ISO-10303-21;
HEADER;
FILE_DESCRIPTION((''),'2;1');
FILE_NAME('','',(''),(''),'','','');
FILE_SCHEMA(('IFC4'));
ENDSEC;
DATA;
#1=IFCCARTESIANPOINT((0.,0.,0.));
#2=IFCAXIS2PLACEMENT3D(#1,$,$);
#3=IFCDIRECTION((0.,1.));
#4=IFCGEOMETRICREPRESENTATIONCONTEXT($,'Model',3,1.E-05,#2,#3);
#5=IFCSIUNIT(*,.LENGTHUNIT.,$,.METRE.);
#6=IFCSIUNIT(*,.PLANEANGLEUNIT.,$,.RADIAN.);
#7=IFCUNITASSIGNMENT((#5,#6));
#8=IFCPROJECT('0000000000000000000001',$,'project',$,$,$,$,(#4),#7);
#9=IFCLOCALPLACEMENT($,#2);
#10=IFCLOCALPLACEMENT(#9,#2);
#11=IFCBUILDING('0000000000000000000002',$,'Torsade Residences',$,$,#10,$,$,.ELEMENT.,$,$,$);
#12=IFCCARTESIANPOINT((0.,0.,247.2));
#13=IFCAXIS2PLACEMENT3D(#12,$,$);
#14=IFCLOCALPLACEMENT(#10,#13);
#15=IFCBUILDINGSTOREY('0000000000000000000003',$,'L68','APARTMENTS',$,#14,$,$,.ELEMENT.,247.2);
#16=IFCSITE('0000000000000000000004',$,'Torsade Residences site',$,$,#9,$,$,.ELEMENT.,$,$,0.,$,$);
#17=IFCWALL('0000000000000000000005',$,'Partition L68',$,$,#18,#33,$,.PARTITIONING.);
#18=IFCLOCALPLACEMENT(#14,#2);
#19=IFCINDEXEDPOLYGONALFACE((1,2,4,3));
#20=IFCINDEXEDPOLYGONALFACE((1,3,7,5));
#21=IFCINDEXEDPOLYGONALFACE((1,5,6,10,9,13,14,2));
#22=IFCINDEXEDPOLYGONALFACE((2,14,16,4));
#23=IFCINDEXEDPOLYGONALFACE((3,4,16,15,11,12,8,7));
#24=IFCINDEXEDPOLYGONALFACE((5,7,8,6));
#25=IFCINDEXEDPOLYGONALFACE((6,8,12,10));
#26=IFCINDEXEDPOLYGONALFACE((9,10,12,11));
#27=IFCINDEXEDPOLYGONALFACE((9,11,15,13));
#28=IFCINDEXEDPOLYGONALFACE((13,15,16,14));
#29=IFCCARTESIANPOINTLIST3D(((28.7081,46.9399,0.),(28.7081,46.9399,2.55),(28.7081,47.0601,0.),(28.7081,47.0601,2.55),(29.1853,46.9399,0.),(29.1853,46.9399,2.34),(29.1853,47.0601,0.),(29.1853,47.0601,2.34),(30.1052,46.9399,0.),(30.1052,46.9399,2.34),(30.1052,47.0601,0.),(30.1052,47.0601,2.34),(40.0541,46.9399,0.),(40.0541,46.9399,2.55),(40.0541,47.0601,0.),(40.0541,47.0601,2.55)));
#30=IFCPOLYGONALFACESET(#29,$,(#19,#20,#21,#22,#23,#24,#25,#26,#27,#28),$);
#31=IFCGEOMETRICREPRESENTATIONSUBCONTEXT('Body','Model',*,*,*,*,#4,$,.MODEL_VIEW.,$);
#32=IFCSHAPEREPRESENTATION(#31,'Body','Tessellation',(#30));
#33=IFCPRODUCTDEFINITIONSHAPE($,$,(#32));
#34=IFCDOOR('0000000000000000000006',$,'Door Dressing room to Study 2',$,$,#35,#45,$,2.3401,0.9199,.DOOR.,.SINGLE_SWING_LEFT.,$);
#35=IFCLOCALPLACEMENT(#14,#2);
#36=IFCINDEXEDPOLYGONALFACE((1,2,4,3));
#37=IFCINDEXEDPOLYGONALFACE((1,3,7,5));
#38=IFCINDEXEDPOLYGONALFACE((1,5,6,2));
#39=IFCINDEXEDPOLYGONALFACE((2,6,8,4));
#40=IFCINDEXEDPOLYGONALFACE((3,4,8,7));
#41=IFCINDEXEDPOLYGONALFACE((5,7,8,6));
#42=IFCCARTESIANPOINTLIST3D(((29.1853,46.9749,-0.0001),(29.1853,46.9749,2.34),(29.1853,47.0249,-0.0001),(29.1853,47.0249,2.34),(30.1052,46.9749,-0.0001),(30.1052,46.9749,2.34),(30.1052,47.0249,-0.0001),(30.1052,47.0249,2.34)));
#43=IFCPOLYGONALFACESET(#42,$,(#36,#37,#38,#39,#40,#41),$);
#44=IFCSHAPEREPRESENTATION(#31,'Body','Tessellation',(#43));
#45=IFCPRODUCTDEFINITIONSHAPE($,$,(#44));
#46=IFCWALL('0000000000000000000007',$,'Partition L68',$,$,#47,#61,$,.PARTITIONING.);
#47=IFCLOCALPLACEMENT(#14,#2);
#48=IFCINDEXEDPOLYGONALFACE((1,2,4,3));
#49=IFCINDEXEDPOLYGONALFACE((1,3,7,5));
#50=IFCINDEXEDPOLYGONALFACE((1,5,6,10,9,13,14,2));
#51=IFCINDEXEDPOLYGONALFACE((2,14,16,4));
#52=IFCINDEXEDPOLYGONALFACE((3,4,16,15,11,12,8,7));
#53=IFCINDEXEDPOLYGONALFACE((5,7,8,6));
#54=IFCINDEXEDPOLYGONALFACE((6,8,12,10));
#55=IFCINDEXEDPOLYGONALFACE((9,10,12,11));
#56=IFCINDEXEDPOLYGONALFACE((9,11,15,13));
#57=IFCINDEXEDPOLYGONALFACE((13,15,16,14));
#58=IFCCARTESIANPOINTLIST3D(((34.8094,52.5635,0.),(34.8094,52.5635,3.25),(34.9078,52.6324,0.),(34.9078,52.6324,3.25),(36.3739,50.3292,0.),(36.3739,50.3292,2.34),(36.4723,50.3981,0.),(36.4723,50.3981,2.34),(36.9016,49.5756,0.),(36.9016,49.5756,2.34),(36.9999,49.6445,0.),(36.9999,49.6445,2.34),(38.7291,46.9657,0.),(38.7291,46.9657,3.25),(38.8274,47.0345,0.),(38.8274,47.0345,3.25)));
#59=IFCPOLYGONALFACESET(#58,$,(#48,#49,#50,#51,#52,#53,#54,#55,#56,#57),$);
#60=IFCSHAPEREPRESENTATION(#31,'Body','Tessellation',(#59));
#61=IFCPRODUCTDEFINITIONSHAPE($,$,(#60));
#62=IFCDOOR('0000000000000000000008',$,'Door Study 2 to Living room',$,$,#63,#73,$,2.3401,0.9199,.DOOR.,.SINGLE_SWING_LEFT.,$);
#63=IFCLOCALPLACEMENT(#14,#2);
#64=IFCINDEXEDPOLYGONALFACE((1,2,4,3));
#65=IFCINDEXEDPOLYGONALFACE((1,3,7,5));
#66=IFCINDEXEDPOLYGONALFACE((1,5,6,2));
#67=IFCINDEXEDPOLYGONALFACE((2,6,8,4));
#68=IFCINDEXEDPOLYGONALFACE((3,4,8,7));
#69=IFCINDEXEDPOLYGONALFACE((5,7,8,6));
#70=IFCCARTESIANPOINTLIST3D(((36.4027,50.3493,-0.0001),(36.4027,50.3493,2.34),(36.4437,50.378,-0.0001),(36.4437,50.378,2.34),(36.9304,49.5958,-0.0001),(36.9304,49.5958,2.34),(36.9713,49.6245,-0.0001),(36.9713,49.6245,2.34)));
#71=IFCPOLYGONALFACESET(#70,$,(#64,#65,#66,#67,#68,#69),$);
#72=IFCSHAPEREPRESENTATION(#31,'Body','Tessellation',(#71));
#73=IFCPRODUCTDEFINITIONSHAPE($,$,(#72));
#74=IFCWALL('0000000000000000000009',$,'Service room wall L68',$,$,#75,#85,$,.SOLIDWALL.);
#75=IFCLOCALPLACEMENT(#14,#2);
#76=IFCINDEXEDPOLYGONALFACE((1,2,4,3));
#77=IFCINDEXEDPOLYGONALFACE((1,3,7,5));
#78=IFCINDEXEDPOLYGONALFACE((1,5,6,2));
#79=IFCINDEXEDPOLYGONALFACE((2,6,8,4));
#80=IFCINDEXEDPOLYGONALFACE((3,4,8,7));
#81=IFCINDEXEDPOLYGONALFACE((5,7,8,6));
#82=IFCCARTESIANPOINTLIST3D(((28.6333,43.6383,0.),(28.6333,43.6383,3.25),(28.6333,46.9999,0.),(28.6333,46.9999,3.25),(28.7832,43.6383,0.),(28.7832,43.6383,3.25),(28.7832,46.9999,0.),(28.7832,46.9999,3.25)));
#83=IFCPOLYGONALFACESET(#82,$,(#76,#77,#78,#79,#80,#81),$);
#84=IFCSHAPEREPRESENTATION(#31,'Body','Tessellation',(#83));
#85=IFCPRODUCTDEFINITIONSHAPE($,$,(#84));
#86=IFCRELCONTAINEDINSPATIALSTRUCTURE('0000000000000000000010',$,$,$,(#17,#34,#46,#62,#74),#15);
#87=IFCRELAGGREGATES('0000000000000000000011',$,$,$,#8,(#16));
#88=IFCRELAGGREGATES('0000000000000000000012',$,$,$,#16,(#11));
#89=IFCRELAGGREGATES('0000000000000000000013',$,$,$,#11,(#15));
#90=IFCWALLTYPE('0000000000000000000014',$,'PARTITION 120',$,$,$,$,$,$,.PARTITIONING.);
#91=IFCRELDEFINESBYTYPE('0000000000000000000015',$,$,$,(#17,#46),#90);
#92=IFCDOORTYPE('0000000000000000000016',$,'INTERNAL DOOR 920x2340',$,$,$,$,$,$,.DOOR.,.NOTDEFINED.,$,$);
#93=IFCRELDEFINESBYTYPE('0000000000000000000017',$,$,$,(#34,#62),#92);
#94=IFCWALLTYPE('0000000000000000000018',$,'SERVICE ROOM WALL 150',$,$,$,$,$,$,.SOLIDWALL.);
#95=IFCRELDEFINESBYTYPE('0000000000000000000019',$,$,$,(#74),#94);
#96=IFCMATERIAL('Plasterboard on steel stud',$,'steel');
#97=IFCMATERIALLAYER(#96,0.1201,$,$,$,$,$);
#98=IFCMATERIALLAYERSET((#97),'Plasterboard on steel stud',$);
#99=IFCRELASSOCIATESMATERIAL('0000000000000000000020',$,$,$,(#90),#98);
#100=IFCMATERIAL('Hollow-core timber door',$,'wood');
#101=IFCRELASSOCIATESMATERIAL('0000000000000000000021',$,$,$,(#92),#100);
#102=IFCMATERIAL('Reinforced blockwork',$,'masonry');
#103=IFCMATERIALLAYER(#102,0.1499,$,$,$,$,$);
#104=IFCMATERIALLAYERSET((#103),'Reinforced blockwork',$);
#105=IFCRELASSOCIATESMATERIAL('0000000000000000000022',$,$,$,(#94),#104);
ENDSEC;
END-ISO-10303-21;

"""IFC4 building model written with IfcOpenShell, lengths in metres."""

from ifc_helpers import new_model, si_unit, direction, frame, frame_2d, origin, place, context, subcontext, project, spatial, rectangle, extrude, material, layer, layer_set, type_object, element, fill, save


model = new_model("IFC4")

# Units and contexts
model_context = context("Model", 3, precision=1e-05, world=origin(), true_north=direction((0.0, 1.0)))
body_context = subcontext(model_context, "Body", "Model", "MODEL_VIEW")
ifc_project = project(units=[si_unit("LENGTHUNIT", "METRE"), si_unit("PLANEANGLEUNIT", "RADIAN")], contexts=[model_context])

# Site, building, storey
site_placement = place(None, origin())
site = spatial("IfcSite", under=ifc_project, at=site_placement, Name="Torsade Residences site", CompositionType="ELEMENT", RefElevation=0.0)
building_placement = place(site_placement, origin())
building = spatial("IfcBuilding", under=site, at=building_placement, Name="Torsade Residences", CompositionType="ELEMENT")
storey_placement = place(building_placement, frame((0.0, 0.0, 247.2)))
storey = spatial("IfcBuildingStorey", under=building, at=storey_placement, Name="L68", Description="APARTMENTS", CompositionType="ELEMENT", Elevation=247.2)

# Walls, openings, doors
ifc_material_1 = material(Name="Plasterboard on steel stud", Category="steel")
ifc_layer_1 = layer(ifc_material_1, 0.1201)
ifc_layer_set_1 = layer_set([ifc_layer_1], Name="Plasterboard on steel stud")
wall_type_1 = type_object("IfcWallType", Name="PARTITION 120", PredefinedType="PARTITIONING", material=ifc_layer_set_1)
wall_1_placement = place(storey_placement, frame((28.7083, 47.0, 0.0), z_axis=(0.0, 0.0, 1.0), x_axis=(1.0, 0.0, 0.0)))
wall_1 = element("IfcWall", 1, at=wall_1_placement, inside=storey, type_object=wall_type_1, Name="Partition L68", PredefinedType="PARTITIONING", context=body_context, shape_type="SweptSolid", body=[
    extrude(rectangle(XDim=11.3459, YDim=0.1201, at=frame_2d((5.6729, 0.0))), origin(), (0.0, 0.0, 1.0), 2.55),
])
opening_1_placement = place(wall_1_placement, frame((0.4771, 0.0, 0.0)))
opening_1 = element("IfcOpeningElement", 2, at=opening_1_placement, cuts=wall_1, PredefinedType="OPENING", context=body_context, shape_type="SweptSolid", body=[
    extrude(rectangle(XDim=0.9199, YDim=2.3401, at=frame_2d((0.46, 1.1699))), frame((0.0, 0.0701, 0.0), z_axis=(0.0, -1.0, 0.0), x_axis=(1.0, 0.0, 0.0)), (0.0, 0.0, 1.0), 0.1401),
])
ifc_material_2 = material(Name="Hollow-core timber door", Category="wood")
door_type_1 = type_object("IfcDoorType", Name="INTERNAL DOOR 920x2340", OperationType="NOTDEFINED", PredefinedType="DOOR", material=ifc_material_2)
door_1_placement = place(opening_1_placement, origin())
door_1 = element("IfcDoor", 3, at=door_1_placement, inside=storey, type_object=door_type_1, Name="Door Dressing room to Study 2", OperationType="SINGLE_SWING_LEFT", OverallHeight=2.3401, OverallWidth=0.9199, PredefinedType="DOOR", context=body_context, shape_type="SweptSolid", body=[
    extrude(rectangle(XDim=0.9199, YDim=2.3401, at=frame_2d((0.46, 1.1699))), frame((0.0, 0.0249, 0.0), z_axis=(0.0, -1.0, 0.0), x_axis=(1.0, 0.0, 0.0)), (0.0, 0.0, 1.0), 0.05),
])
fill(opening_1, door_1)
wall_2_placement = place(storey_placement, frame((38.7783, 47.0, 0.0), z_axis=(0.0, 0.0, 1.0), x_axis=(-0.573575, 0.819153, 0.0)))
wall_2 = element("IfcWall", 4, at=wall_2_placement, inside=storey, type_object=wall_type_1, Name="Partition L68", PredefinedType="PARTITIONING", context=body_context, shape_type="SweptSolid", body=[
    extrude(rectangle(XDim=6.8337, YDim=0.1201, at=frame_2d((3.417, 0.0))), origin(), (0.0, 0.0, 1.0), 3.25),
])
opening_2_placement = place(wall_2_placement, frame((3.1863, 0.0, 0.0)))
opening_2 = element("IfcOpeningElement", 5, at=opening_2_placement, cuts=wall_2, PredefinedType="OPENING", context=body_context, shape_type="SweptSolid", body=[
    extrude(rectangle(XDim=0.9199, YDim=2.3401, at=frame_2d((0.46, 1.1699))), frame((0.0, 0.0701, 0.0), z_axis=(0.0, -1.0, 0.0), x_axis=(1.0, 0.0, 0.0)), (0.0, 0.0, 1.0), 0.1401),
])
door_2_placement = place(opening_2_placement, origin())
door_2 = element("IfcDoor", 6, at=door_2_placement, inside=storey, type_object=door_type_1, Name="Door Study 2 to Living room", OperationType="SINGLE_SWING_LEFT", OverallHeight=2.3401, OverallWidth=0.9199, PredefinedType="DOOR", context=body_context, shape_type="SweptSolid", body=[
    extrude(rectangle(XDim=0.9199, YDim=2.3401, at=frame_2d((0.46, 1.1699))), frame((0.0, 0.0249, 0.0), z_axis=(0.0, -1.0, 0.0), x_axis=(1.0, 0.0, 0.0)), (0.0, 0.0, 1.0), 0.05),
])
fill(opening_2, door_2)

# Wall
ifc_material_3 = material(Name="Reinforced blockwork", Category="masonry")
ifc_layer_2 = layer(ifc_material_3, 0.1499)
ifc_layer_set_2 = layer_set([ifc_layer_2], Name="Reinforced blockwork")
wall_type_2 = type_object("IfcWallType", Name="SERVICE ROOM WALL 150", PredefinedType="SOLIDWALL", material=ifc_layer_set_2)
wall_3_placement = place(storey_placement, frame((28.7083, 43.6384, 0.0), z_axis=(0.0, 0.0, 1.0), x_axis=(0.0, 1.0, 0.0)))
element("IfcWall", 7, at=wall_3_placement, inside=storey, type_object=wall_type_2, Name="Service room wall L68", PredefinedType="SOLIDWALL", context=body_context, shape_type="SweptSolid", body=[
    extrude(rectangle(XDim=3.3616, YDim=0.1499, at=frame_2d((1.6807, 0.0))), origin(), (0.0, 0.0, 1.0), 3.25),
])

save(model, "model.ifc")
